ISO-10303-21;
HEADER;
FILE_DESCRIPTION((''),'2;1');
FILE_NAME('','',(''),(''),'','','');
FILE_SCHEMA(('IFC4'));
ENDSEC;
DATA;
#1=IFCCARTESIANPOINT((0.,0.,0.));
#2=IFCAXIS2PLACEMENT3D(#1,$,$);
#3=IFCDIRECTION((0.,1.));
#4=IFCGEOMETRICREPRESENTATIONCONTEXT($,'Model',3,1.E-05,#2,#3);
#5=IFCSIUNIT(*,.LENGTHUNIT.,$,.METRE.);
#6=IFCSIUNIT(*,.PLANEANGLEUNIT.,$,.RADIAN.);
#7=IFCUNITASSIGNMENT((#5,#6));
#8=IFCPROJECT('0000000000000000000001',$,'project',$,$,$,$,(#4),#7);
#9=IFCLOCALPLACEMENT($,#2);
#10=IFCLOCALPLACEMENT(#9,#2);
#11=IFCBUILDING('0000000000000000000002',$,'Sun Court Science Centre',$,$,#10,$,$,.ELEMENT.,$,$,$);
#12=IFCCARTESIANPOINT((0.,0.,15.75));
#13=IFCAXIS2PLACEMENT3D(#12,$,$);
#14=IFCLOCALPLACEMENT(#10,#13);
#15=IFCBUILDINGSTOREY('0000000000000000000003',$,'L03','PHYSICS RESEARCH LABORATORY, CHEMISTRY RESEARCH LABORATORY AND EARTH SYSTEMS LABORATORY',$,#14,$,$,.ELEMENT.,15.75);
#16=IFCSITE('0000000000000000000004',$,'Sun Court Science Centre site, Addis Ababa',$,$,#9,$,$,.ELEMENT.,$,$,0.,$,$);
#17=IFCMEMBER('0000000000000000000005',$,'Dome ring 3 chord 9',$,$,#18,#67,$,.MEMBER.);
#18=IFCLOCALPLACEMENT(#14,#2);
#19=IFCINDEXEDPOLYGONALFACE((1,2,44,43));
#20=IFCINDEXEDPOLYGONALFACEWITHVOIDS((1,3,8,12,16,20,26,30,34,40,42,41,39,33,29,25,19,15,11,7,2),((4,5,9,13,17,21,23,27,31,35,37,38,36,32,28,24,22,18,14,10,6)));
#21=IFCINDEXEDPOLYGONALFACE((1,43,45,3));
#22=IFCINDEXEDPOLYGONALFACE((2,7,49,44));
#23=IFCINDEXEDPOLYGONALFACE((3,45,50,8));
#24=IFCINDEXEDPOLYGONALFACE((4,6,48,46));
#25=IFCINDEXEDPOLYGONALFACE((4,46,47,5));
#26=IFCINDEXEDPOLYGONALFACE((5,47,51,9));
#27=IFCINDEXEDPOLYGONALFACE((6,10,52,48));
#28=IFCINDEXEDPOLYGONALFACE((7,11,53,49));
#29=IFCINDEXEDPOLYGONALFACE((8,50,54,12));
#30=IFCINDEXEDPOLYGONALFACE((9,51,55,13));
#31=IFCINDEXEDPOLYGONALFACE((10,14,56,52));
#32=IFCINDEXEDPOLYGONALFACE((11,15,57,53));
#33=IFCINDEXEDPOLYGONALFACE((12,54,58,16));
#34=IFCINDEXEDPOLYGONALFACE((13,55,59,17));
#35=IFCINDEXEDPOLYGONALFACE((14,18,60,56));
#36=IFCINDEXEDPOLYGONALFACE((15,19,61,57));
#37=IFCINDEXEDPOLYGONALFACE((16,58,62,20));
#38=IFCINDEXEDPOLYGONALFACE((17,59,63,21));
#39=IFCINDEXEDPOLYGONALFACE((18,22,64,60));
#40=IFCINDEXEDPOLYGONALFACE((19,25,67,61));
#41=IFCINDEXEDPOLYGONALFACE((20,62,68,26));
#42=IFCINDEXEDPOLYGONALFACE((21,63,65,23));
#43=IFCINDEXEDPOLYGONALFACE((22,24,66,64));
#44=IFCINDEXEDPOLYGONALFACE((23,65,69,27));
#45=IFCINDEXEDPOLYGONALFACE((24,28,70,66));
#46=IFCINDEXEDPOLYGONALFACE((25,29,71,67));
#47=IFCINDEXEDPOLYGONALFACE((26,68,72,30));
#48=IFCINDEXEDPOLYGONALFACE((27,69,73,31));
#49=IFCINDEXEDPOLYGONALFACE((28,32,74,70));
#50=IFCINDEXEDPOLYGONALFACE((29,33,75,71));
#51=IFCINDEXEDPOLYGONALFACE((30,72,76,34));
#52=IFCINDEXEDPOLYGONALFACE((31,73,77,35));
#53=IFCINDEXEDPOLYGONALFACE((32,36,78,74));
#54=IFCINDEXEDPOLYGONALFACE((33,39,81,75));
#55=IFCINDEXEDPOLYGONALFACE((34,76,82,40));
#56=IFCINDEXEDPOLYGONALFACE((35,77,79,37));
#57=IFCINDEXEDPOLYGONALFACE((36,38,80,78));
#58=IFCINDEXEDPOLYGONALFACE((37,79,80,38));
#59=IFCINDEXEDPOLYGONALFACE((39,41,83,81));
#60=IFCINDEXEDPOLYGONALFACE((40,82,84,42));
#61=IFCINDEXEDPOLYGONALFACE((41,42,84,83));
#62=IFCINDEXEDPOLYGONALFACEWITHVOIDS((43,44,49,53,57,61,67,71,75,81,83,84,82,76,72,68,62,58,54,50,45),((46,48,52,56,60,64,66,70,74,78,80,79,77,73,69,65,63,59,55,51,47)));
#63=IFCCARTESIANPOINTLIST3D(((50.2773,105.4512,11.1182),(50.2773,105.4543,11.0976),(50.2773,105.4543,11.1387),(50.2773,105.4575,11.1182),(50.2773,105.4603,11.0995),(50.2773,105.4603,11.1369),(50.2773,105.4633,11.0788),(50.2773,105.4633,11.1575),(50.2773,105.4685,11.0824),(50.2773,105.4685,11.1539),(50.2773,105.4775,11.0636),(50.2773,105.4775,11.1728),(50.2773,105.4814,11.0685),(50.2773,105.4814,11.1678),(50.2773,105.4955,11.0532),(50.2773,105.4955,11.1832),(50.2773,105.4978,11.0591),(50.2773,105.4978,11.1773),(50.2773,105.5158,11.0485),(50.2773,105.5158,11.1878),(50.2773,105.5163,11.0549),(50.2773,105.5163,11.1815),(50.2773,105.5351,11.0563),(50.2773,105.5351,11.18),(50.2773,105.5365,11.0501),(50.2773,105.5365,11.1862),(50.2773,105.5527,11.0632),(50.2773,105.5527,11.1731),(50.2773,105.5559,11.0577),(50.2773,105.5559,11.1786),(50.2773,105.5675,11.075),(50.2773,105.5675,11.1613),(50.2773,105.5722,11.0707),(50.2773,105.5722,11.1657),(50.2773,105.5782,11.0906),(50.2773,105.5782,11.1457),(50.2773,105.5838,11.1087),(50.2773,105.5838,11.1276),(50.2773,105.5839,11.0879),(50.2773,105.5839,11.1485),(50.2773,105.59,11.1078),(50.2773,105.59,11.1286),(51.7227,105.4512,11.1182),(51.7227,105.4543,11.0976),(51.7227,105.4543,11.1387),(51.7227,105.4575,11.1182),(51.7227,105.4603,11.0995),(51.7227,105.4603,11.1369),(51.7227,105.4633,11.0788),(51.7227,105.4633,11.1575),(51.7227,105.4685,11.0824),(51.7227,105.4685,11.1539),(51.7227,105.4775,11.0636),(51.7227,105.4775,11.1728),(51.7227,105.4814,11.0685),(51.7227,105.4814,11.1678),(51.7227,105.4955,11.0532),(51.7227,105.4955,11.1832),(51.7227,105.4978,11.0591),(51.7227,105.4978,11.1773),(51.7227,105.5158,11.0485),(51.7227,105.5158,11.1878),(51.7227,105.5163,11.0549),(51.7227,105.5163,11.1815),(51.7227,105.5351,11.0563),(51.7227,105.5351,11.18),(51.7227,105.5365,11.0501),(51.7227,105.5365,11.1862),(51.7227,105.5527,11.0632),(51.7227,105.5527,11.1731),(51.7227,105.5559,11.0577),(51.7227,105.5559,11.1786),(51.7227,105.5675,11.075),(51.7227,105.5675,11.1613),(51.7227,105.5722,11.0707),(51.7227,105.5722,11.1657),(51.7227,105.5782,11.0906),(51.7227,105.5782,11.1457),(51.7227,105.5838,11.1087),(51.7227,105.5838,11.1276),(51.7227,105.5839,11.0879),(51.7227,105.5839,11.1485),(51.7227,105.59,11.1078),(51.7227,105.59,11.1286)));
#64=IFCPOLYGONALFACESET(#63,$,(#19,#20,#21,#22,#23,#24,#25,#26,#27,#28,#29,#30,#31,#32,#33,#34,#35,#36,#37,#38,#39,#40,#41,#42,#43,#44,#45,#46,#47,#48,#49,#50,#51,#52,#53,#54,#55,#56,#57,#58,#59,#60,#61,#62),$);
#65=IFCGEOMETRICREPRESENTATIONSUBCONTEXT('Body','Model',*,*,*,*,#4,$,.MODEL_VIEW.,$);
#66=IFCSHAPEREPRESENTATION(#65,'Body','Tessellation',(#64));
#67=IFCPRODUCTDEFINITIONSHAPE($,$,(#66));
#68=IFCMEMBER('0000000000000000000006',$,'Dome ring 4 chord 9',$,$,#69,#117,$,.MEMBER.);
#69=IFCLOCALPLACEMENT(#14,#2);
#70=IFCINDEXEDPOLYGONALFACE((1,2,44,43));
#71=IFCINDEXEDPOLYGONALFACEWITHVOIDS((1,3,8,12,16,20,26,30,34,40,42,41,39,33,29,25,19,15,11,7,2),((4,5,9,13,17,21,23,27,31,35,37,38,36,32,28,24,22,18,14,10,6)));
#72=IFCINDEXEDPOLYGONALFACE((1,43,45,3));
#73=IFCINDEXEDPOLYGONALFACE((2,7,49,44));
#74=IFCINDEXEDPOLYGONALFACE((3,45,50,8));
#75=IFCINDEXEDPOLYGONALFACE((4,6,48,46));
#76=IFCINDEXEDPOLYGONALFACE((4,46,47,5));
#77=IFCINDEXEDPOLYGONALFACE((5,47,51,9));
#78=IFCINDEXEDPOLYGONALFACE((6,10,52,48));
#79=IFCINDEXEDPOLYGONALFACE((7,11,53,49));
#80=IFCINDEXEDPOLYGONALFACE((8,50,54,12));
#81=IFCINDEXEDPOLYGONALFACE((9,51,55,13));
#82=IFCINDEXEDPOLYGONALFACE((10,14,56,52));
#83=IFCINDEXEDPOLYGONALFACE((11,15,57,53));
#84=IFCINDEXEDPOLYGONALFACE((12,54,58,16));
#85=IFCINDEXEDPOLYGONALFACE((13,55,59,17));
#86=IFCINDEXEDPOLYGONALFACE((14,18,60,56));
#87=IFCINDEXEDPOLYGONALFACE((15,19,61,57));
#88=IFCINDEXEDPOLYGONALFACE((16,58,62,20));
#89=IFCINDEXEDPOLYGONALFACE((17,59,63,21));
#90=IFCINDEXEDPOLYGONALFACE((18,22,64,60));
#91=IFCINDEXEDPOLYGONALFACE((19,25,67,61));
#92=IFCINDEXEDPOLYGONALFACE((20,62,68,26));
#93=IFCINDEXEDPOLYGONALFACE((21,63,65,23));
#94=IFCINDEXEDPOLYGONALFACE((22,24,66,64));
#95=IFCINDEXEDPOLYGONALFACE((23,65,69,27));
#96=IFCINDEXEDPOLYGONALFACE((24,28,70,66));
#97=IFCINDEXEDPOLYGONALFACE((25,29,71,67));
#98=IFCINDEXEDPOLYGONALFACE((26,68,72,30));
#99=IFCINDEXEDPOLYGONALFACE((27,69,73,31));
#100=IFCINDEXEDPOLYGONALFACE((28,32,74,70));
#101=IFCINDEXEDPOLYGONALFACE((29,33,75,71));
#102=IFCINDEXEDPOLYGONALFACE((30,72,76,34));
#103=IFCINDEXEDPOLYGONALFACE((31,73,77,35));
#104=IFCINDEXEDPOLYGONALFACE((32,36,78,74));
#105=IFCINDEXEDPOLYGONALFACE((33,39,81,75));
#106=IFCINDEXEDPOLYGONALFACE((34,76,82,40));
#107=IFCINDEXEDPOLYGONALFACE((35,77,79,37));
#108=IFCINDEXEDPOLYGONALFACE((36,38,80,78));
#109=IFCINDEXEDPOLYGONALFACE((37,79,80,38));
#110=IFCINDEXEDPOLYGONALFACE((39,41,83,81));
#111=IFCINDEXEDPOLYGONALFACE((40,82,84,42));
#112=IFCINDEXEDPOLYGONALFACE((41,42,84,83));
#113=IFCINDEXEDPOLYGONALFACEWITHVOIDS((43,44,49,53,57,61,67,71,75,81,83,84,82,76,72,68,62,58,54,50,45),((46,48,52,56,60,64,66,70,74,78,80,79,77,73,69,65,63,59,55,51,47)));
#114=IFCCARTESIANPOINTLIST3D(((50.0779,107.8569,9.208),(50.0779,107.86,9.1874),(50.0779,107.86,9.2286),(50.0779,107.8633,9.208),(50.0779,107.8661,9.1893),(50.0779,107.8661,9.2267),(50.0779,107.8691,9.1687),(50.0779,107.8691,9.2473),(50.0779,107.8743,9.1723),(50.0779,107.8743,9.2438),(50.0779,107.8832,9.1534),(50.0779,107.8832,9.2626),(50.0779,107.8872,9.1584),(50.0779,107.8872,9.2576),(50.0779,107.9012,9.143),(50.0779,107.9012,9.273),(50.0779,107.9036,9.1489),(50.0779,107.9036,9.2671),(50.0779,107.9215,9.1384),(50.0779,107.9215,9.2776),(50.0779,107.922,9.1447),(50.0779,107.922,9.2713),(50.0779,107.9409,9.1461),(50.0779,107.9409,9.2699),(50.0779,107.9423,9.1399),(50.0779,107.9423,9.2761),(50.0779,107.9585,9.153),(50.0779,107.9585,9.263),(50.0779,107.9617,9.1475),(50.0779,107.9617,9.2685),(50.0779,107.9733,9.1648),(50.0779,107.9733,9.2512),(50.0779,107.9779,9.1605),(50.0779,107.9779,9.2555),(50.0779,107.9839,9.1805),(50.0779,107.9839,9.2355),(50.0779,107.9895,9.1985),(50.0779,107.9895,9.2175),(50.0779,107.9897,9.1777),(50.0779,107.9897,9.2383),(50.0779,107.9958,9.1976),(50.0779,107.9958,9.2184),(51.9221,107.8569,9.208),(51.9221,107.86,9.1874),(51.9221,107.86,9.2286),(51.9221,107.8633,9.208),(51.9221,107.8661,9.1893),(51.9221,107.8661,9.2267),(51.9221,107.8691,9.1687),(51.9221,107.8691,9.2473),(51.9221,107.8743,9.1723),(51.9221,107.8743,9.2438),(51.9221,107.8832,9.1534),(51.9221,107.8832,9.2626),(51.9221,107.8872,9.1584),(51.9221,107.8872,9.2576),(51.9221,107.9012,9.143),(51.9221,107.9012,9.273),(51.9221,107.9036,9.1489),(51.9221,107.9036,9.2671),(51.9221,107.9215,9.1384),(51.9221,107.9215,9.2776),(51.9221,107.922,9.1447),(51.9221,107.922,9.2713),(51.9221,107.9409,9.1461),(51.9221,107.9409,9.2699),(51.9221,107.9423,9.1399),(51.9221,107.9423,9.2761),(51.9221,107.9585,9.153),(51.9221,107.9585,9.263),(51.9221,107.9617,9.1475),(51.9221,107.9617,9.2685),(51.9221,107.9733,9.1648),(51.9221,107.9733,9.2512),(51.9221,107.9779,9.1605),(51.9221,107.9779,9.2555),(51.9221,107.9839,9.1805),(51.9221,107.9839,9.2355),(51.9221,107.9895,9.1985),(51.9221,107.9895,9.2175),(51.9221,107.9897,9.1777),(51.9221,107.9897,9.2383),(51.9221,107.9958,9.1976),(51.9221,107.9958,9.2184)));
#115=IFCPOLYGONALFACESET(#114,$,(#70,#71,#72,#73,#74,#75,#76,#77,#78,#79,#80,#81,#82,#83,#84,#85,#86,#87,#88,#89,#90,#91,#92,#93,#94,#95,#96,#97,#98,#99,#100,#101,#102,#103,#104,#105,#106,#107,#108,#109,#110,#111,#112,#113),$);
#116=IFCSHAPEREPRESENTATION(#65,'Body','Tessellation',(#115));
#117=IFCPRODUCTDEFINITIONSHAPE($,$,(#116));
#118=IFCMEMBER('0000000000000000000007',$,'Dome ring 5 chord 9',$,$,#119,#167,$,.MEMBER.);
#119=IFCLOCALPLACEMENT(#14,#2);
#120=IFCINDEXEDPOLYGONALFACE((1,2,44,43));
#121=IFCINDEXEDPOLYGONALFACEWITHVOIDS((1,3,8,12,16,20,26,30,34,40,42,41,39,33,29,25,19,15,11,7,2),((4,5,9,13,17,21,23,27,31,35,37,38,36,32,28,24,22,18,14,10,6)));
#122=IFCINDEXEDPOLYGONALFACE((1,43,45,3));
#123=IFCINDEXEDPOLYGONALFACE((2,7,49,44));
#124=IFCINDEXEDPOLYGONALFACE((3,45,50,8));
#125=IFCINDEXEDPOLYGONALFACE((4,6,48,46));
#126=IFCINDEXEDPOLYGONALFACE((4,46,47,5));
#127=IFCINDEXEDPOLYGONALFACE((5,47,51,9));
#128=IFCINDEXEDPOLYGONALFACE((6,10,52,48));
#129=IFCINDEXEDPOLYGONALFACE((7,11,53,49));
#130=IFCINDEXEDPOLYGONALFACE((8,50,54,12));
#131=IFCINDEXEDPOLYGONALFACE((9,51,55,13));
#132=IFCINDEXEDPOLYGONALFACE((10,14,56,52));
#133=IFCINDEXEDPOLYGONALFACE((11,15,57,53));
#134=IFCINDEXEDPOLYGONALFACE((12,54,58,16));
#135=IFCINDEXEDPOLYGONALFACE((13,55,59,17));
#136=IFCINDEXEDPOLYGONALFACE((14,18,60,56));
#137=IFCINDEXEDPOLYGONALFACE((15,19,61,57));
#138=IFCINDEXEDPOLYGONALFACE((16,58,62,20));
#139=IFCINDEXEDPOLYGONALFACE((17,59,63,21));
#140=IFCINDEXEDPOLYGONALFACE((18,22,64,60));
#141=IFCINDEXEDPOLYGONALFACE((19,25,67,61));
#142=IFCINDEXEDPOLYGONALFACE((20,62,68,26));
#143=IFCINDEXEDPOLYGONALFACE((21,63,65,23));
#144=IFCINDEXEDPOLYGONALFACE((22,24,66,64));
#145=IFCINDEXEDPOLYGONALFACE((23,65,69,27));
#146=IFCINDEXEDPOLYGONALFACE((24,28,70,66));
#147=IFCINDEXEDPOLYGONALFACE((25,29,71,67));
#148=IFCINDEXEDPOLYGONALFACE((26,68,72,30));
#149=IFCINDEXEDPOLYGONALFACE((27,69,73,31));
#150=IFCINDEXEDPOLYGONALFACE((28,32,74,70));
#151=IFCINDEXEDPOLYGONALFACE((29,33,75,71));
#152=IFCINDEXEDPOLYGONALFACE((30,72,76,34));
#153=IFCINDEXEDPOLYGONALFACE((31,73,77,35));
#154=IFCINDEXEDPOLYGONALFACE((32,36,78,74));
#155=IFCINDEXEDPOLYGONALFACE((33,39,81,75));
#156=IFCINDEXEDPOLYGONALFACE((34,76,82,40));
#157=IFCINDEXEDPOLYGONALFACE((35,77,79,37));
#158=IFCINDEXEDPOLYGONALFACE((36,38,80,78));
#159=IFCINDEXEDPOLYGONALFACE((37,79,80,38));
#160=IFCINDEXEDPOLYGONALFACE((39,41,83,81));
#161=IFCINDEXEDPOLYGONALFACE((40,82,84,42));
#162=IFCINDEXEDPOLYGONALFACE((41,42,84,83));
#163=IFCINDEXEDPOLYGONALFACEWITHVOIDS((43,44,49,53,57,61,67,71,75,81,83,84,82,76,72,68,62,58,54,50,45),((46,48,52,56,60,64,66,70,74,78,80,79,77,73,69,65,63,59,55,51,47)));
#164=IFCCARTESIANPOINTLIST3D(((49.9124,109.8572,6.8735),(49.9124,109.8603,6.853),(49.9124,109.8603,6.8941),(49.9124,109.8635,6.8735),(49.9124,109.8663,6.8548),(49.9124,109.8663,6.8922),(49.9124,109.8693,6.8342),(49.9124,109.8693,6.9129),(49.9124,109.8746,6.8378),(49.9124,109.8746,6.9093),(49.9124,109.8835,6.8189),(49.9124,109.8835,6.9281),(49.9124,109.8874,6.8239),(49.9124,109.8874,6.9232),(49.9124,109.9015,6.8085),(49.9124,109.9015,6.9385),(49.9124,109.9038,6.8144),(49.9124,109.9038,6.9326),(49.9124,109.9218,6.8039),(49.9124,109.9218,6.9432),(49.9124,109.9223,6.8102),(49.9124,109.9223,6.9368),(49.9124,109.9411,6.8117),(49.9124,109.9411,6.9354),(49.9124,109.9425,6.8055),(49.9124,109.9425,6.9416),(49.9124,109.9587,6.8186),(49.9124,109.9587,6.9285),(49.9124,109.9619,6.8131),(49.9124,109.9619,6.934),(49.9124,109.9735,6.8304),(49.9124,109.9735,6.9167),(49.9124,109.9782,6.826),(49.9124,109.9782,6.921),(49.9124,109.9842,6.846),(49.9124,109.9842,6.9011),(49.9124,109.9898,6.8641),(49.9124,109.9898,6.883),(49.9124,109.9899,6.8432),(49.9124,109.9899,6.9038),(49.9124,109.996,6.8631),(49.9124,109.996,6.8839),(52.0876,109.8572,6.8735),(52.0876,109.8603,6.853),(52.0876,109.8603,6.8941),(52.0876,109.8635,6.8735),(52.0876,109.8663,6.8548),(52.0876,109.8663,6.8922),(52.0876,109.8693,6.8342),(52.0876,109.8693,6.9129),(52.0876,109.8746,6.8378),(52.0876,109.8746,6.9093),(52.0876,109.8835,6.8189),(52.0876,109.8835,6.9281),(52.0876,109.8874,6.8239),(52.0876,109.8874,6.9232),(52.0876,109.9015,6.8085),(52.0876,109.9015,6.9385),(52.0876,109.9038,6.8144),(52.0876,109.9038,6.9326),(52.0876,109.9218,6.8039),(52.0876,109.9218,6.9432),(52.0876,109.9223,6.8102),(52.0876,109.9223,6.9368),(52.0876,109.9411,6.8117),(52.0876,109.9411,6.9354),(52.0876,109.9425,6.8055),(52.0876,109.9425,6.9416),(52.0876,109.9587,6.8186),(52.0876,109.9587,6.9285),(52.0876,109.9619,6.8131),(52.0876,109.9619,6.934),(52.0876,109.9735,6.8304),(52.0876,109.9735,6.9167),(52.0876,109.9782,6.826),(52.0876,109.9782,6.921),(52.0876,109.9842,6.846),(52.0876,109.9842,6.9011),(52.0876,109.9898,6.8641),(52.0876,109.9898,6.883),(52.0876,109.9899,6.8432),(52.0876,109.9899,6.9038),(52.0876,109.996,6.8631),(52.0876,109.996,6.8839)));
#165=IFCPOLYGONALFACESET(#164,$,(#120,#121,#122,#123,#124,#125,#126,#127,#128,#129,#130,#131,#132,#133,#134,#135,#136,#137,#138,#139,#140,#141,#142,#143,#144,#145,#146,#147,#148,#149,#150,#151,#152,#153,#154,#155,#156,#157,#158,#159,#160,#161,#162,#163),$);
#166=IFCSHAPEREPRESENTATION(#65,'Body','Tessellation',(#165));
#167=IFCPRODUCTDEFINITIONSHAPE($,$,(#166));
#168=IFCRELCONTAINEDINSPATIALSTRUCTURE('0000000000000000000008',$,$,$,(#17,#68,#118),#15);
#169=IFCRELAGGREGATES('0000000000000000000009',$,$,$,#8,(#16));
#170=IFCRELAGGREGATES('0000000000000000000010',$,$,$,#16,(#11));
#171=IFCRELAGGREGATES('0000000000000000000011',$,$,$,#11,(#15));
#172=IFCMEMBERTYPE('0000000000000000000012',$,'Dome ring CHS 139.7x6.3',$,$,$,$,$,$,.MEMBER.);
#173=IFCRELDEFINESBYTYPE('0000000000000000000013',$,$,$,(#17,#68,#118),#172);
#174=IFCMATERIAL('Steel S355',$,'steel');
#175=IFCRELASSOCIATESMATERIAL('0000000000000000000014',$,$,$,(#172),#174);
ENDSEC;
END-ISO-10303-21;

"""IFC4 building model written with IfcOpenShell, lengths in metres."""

from ifc_helpers import new_model, si_unit, direction, frame, origin, origin_2d, place, context, subcontext, project, spatial, hollow_circle, extrude, material, material_profile, profile_set, type_object, element, save


model = new_model("IFC4")

# Units and contexts
model_context = context("Model", 3, precision=1e-05, world=origin(), true_north=direction((0.0, 1.0)))
body_context = subcontext(model_context, "Body", "Model", "MODEL_VIEW")
ifc_project = project(units=[si_unit("LENGTHUNIT", "METRE"), si_unit("PLANEANGLEUNIT", "RADIAN")], contexts=[model_context])

# Site, building, storey
site_placement = place(None, origin())
site = spatial("IfcSite", under=ifc_project, at=site_placement, Name="Sun Court Science Centre site, Addis Ababa", CompositionType="ELEMENT", RefElevation=0.0)
building_placement = place(site_placement, origin())
building = spatial("IfcBuilding", under=site, at=building_placement, Name="Sun Court Science Centre", CompositionType="ELEMENT")
storey_placement = place(building_placement, frame((0.0, 0.0, 15.75)))
storey = spatial("IfcBuildingStorey", under=building, at=storey_placement, Name="L03", Description="PHYSICS RESEARCH LABORATORY, CHEMISTRY RESEARCH LABORATORY AND EARTH SYSTEMS LABORATORY", CompositionType="ELEMENT", Elevation=15.75)

# Members
ifc_material_1 = material(Name="Steel S355", Category="steel")
ifc_material_profile_1 = material_profile(ifc_material_1, hollow_circle(Radius=0.0698, WallThickness=0.0063, at=origin_2d()), Name="CHS 139.7x6.3")
ifc_profile_set_1 = profile_set([ifc_material_profile_1], Name="Steel S355")
member_type_1 = type_object("IfcMemberType", Name="Dome ring CHS 139.7x6.3", PredefinedType="MEMBER", material=ifc_profile_set_1)
member_1_placement = place(storey_placement, frame((51.7227, 105.521, 11.1182), z_axis=(-1.0, 0.0, 0.0), x_axis=(0.0, -1.0, 0.0)))
element("IfcMember", 1, at=member_1_placement, inside=storey, type_object=member_type_1, Name="Dome ring 3 chord 9", PredefinedType="MEMBER", context=body_context, shape_type="SweptSolid", body=[
    extrude(hollow_circle(Radius=0.0698, WallThickness=0.0063, at=origin_2d()), origin(), (0.0, 0.0, 1.0), 1.4453),
])
member_2_placement = place(storey_placement, frame((51.9221, 107.9268, 9.208), z_axis=(-1.0, 0.0, 0.0), x_axis=(0.0, -1.0, 0.0)))
element("IfcMember", 2, at=member_2_placement, inside=storey, type_object=member_type_1, Name="Dome ring 4 chord 9", PredefinedType="MEMBER", context=body_context, shape_type="SweptSolid", body=[
    extrude(hollow_circle(Radius=0.0698, WallThickness=0.0063, at=origin_2d()), origin(), (0.0, 0.0, 1.0), 1.8442),
])
member_3_placement = place(storey_placement, frame((52.0876, 109.927, 6.8735), z_axis=(-1.0, 0.0, 0.0), x_axis=(0.0, -1.0, 0.0)))
element("IfcMember", 3, at=member_3_placement, inside=storey, type_object=member_type_1, Name="Dome ring 5 chord 9", PredefinedType="MEMBER", context=body_context, shape_type="SweptSolid", body=[
    extrude(hollow_circle(Radius=0.0698, WallThickness=0.0063, at=origin_2d()), origin(), (0.0, 0.0, 1.0), 2.1753),
])

save(model, "model.ifc")
